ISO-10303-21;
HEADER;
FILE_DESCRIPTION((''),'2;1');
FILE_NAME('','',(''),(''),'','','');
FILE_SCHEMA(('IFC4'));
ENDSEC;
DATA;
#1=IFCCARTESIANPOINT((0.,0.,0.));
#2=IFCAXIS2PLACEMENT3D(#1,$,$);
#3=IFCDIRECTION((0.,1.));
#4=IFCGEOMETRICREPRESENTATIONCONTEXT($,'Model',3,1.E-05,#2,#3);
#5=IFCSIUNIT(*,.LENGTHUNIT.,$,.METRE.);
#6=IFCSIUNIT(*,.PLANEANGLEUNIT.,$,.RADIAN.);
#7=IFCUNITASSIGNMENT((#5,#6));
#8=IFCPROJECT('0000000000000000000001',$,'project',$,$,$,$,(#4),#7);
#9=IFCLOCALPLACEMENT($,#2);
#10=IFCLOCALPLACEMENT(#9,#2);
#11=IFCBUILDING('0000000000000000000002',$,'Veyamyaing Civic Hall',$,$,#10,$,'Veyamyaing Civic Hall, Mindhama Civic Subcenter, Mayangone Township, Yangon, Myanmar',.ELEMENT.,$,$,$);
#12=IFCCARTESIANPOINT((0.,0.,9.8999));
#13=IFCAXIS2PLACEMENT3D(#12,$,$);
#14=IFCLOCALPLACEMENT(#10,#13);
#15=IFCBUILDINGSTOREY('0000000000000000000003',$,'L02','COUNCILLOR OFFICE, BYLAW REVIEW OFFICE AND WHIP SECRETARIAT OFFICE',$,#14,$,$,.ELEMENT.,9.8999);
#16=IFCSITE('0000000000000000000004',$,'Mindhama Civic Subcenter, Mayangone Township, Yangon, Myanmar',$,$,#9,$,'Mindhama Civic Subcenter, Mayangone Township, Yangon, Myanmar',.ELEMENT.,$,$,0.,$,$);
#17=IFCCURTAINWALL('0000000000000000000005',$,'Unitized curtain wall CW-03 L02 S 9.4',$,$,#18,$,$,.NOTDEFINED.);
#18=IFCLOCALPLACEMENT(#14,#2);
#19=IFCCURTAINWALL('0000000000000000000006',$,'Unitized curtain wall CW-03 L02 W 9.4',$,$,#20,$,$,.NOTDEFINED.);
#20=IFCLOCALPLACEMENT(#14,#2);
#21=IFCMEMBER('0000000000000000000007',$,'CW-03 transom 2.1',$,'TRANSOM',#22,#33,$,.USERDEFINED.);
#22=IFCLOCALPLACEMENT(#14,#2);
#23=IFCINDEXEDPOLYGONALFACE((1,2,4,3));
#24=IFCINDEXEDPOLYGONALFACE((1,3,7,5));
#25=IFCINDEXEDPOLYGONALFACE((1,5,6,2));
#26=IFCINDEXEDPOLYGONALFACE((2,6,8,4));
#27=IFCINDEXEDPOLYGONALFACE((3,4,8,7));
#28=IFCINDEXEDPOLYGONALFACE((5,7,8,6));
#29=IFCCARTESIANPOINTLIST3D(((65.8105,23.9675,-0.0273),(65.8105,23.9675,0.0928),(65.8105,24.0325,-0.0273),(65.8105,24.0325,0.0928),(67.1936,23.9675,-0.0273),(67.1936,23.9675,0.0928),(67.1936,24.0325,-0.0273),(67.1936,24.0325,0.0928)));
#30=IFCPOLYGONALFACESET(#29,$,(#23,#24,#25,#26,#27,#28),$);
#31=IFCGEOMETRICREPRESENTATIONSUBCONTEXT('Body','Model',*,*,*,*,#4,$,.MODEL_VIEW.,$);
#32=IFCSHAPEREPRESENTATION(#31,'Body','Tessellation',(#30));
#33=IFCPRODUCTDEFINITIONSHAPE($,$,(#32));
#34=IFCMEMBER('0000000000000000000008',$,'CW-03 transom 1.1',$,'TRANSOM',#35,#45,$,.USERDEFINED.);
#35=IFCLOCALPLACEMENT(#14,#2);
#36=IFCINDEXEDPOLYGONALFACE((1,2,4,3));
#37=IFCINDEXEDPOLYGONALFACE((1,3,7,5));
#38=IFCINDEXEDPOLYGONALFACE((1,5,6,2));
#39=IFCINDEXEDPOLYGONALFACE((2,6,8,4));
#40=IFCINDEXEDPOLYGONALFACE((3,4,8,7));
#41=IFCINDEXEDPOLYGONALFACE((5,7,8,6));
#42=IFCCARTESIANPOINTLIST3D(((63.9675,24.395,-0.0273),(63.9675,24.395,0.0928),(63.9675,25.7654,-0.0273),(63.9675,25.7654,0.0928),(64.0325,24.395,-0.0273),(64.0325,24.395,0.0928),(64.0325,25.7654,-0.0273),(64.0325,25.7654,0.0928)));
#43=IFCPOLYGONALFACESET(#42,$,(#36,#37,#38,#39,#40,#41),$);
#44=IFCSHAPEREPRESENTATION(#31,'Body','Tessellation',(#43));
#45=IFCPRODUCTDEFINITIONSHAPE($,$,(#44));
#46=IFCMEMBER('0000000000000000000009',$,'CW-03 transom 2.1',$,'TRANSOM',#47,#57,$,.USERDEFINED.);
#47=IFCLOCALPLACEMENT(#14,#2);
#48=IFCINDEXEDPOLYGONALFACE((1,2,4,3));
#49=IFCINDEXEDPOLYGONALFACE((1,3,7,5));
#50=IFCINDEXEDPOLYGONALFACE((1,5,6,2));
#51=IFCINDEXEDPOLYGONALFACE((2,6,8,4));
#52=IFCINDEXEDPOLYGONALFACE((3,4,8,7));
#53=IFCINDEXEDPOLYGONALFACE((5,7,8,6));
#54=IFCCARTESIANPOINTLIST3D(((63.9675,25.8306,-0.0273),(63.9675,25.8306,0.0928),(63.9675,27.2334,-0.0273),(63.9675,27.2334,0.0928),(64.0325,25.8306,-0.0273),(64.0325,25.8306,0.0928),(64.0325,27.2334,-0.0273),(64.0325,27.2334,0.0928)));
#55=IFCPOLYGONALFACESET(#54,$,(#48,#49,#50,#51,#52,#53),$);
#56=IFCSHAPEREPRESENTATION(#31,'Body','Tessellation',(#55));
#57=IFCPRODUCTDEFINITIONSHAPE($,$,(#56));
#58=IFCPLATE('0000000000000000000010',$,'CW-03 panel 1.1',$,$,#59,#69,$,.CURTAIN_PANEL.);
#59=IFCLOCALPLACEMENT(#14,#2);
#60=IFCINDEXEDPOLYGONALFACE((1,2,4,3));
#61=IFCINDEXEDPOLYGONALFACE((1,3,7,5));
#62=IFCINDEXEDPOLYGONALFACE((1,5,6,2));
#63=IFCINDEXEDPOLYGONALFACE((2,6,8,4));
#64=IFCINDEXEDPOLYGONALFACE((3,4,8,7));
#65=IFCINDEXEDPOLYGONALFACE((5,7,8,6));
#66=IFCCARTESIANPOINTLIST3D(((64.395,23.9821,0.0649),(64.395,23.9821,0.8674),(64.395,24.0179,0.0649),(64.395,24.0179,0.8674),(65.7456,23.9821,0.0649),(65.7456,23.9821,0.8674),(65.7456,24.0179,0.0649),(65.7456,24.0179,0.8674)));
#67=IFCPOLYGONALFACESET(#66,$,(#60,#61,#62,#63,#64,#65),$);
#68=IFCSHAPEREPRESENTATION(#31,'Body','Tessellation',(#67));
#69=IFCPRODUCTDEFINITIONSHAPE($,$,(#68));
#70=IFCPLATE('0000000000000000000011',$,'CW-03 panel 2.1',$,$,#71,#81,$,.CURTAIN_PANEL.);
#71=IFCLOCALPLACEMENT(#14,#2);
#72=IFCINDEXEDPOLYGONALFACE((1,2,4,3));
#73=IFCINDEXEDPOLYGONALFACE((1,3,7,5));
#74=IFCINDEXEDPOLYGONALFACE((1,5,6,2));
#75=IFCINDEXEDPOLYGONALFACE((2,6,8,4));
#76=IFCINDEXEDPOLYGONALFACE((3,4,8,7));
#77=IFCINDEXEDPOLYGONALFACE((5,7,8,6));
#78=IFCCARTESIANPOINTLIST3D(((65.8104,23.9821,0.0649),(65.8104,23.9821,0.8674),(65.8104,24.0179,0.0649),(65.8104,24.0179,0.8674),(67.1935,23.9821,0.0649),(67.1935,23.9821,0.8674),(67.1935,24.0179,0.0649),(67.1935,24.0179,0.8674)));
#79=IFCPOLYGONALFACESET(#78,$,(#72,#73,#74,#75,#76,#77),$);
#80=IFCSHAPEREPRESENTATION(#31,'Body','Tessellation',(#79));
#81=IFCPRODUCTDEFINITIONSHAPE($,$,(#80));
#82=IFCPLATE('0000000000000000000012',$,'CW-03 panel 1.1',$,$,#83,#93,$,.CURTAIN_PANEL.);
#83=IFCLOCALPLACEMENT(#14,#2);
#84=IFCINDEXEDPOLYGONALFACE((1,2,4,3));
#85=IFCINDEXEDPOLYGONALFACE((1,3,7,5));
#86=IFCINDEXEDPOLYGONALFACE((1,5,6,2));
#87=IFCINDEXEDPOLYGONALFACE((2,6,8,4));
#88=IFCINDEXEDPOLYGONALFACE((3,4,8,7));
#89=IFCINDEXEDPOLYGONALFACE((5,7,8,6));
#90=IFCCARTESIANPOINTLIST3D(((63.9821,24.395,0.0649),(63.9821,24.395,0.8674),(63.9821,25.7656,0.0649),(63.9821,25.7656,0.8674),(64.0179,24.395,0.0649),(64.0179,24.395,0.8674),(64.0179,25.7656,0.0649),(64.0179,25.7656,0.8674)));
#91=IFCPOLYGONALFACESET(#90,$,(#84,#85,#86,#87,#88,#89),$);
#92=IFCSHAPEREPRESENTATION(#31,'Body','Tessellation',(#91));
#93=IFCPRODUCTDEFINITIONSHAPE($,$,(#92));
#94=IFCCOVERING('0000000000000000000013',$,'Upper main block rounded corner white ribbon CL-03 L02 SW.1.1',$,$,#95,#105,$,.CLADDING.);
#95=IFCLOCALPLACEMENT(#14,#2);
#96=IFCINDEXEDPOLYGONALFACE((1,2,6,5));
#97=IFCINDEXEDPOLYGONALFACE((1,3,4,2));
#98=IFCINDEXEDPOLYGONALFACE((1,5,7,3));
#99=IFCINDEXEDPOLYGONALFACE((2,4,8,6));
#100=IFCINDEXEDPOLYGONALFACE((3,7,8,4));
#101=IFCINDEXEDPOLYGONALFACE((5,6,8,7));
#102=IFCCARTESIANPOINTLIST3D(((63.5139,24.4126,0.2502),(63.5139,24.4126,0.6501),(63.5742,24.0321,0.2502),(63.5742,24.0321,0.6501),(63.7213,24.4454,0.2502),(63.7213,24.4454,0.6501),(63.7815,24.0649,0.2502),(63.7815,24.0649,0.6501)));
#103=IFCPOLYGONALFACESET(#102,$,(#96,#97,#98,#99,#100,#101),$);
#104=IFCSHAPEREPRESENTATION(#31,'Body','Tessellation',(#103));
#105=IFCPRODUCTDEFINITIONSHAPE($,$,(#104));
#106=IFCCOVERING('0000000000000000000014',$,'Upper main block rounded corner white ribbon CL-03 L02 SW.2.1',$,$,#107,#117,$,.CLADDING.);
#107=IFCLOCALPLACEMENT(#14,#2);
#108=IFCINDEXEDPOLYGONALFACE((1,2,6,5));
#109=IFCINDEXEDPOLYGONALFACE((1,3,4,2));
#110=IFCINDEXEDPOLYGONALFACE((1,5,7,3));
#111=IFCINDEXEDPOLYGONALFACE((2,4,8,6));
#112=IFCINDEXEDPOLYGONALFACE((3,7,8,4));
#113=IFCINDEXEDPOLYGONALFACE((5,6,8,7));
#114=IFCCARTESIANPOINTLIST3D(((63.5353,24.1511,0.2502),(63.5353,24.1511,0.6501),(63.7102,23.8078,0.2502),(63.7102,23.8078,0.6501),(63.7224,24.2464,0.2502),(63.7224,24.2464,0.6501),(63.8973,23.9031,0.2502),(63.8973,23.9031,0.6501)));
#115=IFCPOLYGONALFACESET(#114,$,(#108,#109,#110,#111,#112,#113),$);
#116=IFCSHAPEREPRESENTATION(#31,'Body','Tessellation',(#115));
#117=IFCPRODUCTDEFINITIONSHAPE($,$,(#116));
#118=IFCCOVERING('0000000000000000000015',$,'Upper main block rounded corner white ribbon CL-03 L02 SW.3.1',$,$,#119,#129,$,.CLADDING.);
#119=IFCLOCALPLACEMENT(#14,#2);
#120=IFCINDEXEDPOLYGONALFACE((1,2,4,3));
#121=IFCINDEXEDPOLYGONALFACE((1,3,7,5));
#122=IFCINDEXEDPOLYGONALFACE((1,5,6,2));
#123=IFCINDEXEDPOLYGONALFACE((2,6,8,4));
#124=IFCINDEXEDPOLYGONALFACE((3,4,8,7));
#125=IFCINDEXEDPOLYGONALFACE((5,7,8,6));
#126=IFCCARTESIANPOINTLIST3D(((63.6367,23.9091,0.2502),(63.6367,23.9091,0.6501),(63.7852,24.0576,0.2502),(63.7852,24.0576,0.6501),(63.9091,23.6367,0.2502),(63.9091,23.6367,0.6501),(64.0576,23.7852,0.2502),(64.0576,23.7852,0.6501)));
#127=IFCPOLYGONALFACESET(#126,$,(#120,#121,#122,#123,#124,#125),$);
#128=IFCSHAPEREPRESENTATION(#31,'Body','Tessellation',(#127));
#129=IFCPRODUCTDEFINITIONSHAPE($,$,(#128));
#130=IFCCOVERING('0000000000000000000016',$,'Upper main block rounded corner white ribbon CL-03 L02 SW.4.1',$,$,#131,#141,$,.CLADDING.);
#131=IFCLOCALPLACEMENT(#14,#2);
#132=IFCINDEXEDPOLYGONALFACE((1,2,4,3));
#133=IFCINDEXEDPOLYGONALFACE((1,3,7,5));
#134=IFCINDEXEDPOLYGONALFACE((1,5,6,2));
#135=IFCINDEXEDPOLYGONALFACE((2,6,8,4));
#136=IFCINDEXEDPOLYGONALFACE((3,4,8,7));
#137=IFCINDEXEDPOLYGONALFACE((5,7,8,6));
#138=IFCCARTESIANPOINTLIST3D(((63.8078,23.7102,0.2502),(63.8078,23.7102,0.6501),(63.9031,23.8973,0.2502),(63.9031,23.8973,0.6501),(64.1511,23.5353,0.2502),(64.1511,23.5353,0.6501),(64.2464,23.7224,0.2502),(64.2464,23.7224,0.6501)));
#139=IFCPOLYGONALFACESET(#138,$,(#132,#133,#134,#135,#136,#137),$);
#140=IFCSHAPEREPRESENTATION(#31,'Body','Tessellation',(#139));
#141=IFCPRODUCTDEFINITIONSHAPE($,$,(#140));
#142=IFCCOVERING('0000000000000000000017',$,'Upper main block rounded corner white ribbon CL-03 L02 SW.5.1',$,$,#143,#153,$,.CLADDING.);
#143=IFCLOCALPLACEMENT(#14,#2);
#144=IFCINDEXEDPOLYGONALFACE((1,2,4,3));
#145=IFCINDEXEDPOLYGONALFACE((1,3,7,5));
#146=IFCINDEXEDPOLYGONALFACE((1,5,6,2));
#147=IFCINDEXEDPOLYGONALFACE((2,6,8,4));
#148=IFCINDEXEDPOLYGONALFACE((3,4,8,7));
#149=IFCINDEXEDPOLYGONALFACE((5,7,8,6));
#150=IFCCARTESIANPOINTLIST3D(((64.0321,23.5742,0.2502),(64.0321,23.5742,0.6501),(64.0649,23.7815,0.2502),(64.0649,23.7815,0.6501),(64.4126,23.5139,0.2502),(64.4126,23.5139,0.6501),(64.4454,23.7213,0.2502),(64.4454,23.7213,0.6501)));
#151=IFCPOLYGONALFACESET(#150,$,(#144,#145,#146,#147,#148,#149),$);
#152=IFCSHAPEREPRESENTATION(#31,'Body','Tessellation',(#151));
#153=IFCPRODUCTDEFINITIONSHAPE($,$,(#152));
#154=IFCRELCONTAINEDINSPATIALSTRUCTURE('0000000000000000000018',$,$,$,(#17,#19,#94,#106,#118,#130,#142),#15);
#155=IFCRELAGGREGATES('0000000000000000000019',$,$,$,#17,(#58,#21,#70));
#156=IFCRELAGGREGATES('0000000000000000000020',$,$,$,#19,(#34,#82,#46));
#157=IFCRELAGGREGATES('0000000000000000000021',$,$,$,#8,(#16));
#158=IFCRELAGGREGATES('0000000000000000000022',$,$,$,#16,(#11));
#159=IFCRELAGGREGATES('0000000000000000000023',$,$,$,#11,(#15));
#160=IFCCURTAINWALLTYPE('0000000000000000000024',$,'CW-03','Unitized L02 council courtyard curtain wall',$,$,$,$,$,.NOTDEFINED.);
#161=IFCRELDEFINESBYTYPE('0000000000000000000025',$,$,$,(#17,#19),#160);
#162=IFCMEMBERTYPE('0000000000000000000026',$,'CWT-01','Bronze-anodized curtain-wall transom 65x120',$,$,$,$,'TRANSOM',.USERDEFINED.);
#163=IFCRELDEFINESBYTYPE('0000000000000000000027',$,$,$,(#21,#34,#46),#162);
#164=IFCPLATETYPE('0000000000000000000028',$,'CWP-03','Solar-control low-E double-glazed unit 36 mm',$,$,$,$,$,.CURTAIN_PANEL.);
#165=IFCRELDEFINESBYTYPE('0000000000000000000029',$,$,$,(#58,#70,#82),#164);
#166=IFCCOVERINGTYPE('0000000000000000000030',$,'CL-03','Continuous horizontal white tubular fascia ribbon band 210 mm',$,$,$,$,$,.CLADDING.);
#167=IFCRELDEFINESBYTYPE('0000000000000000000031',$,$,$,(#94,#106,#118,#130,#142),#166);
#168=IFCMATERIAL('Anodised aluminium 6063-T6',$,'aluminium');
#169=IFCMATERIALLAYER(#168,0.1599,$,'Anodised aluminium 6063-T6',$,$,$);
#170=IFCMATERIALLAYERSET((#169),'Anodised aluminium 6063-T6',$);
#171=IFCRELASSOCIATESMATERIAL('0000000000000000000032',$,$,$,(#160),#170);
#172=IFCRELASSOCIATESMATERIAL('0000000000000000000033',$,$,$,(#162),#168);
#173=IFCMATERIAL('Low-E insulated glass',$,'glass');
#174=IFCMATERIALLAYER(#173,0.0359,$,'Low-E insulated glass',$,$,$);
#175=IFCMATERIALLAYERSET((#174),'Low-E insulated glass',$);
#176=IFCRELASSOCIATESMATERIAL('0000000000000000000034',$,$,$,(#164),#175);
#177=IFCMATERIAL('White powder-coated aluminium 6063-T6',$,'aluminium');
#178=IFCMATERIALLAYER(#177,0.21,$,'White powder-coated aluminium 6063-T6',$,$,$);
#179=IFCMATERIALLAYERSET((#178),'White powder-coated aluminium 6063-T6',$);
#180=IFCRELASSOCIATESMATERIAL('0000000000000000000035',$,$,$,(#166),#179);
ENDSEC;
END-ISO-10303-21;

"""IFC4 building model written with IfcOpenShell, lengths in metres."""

from ifc_helpers import new_model, si_unit, direction, frame, origin, origin_2d, place, context, subcontext, project, spatial, rectangle, extrude, material, layer, layer_set, material_profile, profile_set, type_object, element, aggregate, save


model = new_model("IFC4")

# Units and contexts
model_context = context("Model", 3, precision=1e-05, world=origin(), true_north=direction((0.0, 1.0)))
body_context = subcontext(model_context, "Body", "Model", "MODEL_VIEW")
ifc_project = project(units=[si_unit("LENGTHUNIT", "METRE"), si_unit("PLANEANGLEUNIT", "RADIAN")], contexts=[model_context])

# Site, building, storey
site_placement = place(None, origin())
site = spatial("IfcSite", under=ifc_project, at=site_placement, Name="Mindhama Civic Subcenter, Mayangone Township, Yangon, Myanmar", LongName="Mindhama Civic Subcenter, Mayangone Township, Yangon, Myanmar", CompositionType="ELEMENT", RefElevation=0.0)
building_placement = place(site_placement, origin())
building = spatial("IfcBuilding", under=site, at=building_placement, Name="Veyamyaing Civic Hall", LongName="Veyamyaing Civic Hall, Mindhama Civic Subcenter, Mayangone Township, Yangon, Myanmar", CompositionType="ELEMENT")
storey_placement = place(building_placement, frame((0.0, 0.0, 9.8999)))
storey = spatial("IfcBuildingStorey", under=building, at=storey_placement, Name="L02", Description="COUNCILLOR OFFICE, BYLAW REVIEW OFFICE AND WHIP SECRETARIAT OFFICE", CompositionType="ELEMENT", Elevation=9.8999)

# Curtain walls
ifc_material_1 = material(Name="Anodised aluminium 6063-T6", Category="aluminium")
ifc_layer_1 = layer(ifc_material_1, 0.1599, Name="Anodised aluminium 6063-T6")
ifc_layer_set_1 = layer_set([ifc_layer_1], Name="Anodised aluminium 6063-T6")
curtain_wall_type = type_object("IfcCurtainWallType", Name="CW-03", Description="Unitized L02 council courtyard curtain wall", PredefinedType="NOTDEFINED", material=ifc_layer_set_1)
curtain_wall_1_placement = place(storey_placement, origin())
curtain_wall_1 = element("IfcCurtainWall", 1, at=curtain_wall_1_placement, inside=storey, type_object=curtain_wall_type, Name="Unitized curtain wall CW-03 L02 S 9.4", PredefinedType="NOTDEFINED")
curtain_wall_2_placement = place(storey_placement, origin())
curtain_wall_2 = element("IfcCurtainWall", 2, at=curtain_wall_2_placement, inside=storey, type_object=curtain_wall_type, Name="Unitized curtain wall CW-03 L02 W 9.4", PredefinedType="NOTDEFINED")

# Members
ifc_material_profile_1 = material_profile(ifc_material_1, rectangle(XDim=0.0649, YDim=0.1201, at=origin_2d()), Name="ALU-TRN-65X120")
ifc_profile_set_1 = profile_set([ifc_material_profile_1], Name="Anodised aluminium 6063-T6")
member_type_1 = type_object("IfcMemberType", Name="CWT-01", Description="Bronze-anodized curtain-wall transom 65x120", ElementType="TRANSOM", PredefinedType="USERDEFINED", material=ifc_profile_set_1)
member_1_placement = place(storey_placement, frame((65.8105, 24.0, 0.0327), z_axis=(1.0, 0.0, 0.0), x_axis=(0.0, 1.0, 0.0)))
member_1 = element("IfcMember", 3, at=member_1_placement, type_object=member_type_1, Name="CW-03 transom 2.1", ObjectType="TRANSOM", PredefinedType="USERDEFINED", context=body_context, shape_type="SweptSolid", body=[
    extrude(rectangle(XDim=0.0649, YDim=0.1201, at=origin_2d()), origin(), (0.0, 0.0, 1.0), 1.3831),
])
member_2_placement = place(storey_placement, frame((64.0, 24.395, 0.0327), z_axis=(0.0, 1.0, 0.0), x_axis=(-1.0, 0.0, 0.0)))
member_2 = element("IfcMember", 4, at=member_2_placement, type_object=member_type_1, Name="CW-03 transom 1.1", ObjectType="TRANSOM", PredefinedType="USERDEFINED", context=body_context, shape_type="SweptSolid", body=[
    extrude(rectangle(XDim=0.0649, YDim=0.1201, at=origin_2d()), origin(), (0.0, 0.0, 1.0), 1.3704),
])
member_3_placement = place(storey_placement, frame((64.0, 25.8306, 0.0327), z_axis=(0.0, 1.0, 0.0), x_axis=(-1.0, 0.0, 0.0)))
member_3 = element("IfcMember", 5, at=member_3_placement, type_object=member_type_1, Name="CW-03 transom 2.1", ObjectType="TRANSOM", PredefinedType="USERDEFINED", context=body_context, shape_type="SweptSolid", body=[
    extrude(rectangle(XDim=0.0649, YDim=0.1201, at=origin_2d()), origin(), (0.0, 0.0, 1.0), 1.4028),
])

# Plates
ifc_material_2 = material(Name="Low-E insulated glass", Category="glass")
ifc_layer_2 = layer(ifc_material_2, 0.0359, Name="Low-E insulated glass")
ifc_layer_set_2 = layer_set([ifc_layer_2], Name="Low-E insulated glass")
plate_type = type_object("IfcPlateType", Name="CWP-03", Description="Solar-control low-E double-glazed unit 36 mm", PredefinedType="CURTAIN_PANEL", material=ifc_layer_set_2)
plate_1_placement = place(storey_placement, frame((65.0703, 24.0, 0.0649), z_axis=(0.0, 0.0, 1.0), x_axis=(1.0, 0.0, 0.0)))
plate_1 = element("IfcPlate", 6, at=plate_1_placement, type_object=plate_type, Name="CW-03 panel 1.1", PredefinedType="CURTAIN_PANEL", context=body_context, shape_type="SweptSolid", body=[
    extrude(rectangle(XDim=1.3506, YDim=0.0359, at=origin_2d()), origin(), (0.0, 0.0, 1.0), 0.8025),
])
plate_2_placement = place(storey_placement, frame((66.502, 24.0, 0.0649), z_axis=(0.0, 0.0, 1.0), x_axis=(1.0, 0.0, 0.0)))
plate_2 = element("IfcPlate", 7, at=plate_2_placement, type_object=plate_type, Name="CW-03 panel 2.1", PredefinedType="CURTAIN_PANEL", context=body_context, shape_type="SweptSolid", body=[
    extrude(rectangle(XDim=1.3831, YDim=0.0359, at=origin_2d()), origin(), (0.0, 0.0, 1.0), 0.8025),
])
aggregate(curtain_wall_1, [plate_1, member_1, plate_2])
plate_3_placement = place(storey_placement, frame((64.0, 25.0803, 0.0649), z_axis=(0.0, 0.0, 1.0), x_axis=(0.0, 1.0, 0.0)))
plate_3 = element("IfcPlate", 8, at=plate_3_placement, type_object=plate_type, Name="CW-03 panel 1.1", PredefinedType="CURTAIN_PANEL", context=body_context, shape_type="SweptSolid", body=[
    extrude(rectangle(XDim=1.3706, YDim=0.0359, at=origin_2d()), origin(), (0.0, 0.0, 1.0), 0.8025),
])
aggregate(curtain_wall_2, [member_2, plate_3, member_3])

# Coverings
ifc_material_3 = material(Name="White powder-coated aluminium 6063-T6", Category="aluminium")
ifc_layer_3 = layer(ifc_material_3, 0.21, Name="White powder-coated aluminium 6063-T6")
ifc_layer_set_3 = layer_set([ifc_layer_3], Name="White powder-coated aluminium 6063-T6")
covering_type = type_object("IfcCoveringType", Name="CL-03", Description="Continuous horizontal white tubular fascia ribbon band 210 mm", PredefinedType="CLADDING", material=ifc_layer_set_3)
for number, where, z_axis, x_axis, name in (
    (9, (63.6477, 24.2388, 0.2502), (0.0, 0.0, 1.0), (0.156434, -0.987688, 0.0), "Upper main block rounded corner white ribbon CL-03 L02 SW.1.1"),
    (10, (63.7163, 24.0271, 0.2502), (0.0, 0.0, 1.0), (0.45399, -0.891007, 0.0), "Upper main block rounded corner white ribbon CL-03 L02 SW.2.1"),
    (11, (63.8472, 23.8472, 0.2502), (0.0, 0.0, 1.0), (0.707107, -0.707107, 0.0), "Upper main block rounded corner white ribbon CL-03 L02 SW.3.1"),
    (12, (64.0271, 23.7163, 0.2502), (0.0, 0.0, 1.0), (0.891007, -0.45399, 0.0), "Upper main block rounded corner white ribbon CL-03 L02 SW.4.1"),
    (13, (64.2388, 23.6477, 0.2502), (0.0, 0.0, 1.0), (0.987688, -0.156434, 0.0), "Upper main block rounded corner white ribbon CL-03 L02 SW.5.1"),
):
    element("IfcCovering", number, at=place(storey_placement, frame(where, z_axis=z_axis, x_axis=x_axis)), inside=storey, type_object=covering_type, Name=name, PredefinedType="CLADDING", context=body_context, shape_type="SweptSolid", body=[
        extrude(rectangle(XDim=0.3853, YDim=0.21, at=origin_2d()), origin(), (0.0, 0.0, 1.0), 0.3999),
    ])

save(model, "model.ifc")
